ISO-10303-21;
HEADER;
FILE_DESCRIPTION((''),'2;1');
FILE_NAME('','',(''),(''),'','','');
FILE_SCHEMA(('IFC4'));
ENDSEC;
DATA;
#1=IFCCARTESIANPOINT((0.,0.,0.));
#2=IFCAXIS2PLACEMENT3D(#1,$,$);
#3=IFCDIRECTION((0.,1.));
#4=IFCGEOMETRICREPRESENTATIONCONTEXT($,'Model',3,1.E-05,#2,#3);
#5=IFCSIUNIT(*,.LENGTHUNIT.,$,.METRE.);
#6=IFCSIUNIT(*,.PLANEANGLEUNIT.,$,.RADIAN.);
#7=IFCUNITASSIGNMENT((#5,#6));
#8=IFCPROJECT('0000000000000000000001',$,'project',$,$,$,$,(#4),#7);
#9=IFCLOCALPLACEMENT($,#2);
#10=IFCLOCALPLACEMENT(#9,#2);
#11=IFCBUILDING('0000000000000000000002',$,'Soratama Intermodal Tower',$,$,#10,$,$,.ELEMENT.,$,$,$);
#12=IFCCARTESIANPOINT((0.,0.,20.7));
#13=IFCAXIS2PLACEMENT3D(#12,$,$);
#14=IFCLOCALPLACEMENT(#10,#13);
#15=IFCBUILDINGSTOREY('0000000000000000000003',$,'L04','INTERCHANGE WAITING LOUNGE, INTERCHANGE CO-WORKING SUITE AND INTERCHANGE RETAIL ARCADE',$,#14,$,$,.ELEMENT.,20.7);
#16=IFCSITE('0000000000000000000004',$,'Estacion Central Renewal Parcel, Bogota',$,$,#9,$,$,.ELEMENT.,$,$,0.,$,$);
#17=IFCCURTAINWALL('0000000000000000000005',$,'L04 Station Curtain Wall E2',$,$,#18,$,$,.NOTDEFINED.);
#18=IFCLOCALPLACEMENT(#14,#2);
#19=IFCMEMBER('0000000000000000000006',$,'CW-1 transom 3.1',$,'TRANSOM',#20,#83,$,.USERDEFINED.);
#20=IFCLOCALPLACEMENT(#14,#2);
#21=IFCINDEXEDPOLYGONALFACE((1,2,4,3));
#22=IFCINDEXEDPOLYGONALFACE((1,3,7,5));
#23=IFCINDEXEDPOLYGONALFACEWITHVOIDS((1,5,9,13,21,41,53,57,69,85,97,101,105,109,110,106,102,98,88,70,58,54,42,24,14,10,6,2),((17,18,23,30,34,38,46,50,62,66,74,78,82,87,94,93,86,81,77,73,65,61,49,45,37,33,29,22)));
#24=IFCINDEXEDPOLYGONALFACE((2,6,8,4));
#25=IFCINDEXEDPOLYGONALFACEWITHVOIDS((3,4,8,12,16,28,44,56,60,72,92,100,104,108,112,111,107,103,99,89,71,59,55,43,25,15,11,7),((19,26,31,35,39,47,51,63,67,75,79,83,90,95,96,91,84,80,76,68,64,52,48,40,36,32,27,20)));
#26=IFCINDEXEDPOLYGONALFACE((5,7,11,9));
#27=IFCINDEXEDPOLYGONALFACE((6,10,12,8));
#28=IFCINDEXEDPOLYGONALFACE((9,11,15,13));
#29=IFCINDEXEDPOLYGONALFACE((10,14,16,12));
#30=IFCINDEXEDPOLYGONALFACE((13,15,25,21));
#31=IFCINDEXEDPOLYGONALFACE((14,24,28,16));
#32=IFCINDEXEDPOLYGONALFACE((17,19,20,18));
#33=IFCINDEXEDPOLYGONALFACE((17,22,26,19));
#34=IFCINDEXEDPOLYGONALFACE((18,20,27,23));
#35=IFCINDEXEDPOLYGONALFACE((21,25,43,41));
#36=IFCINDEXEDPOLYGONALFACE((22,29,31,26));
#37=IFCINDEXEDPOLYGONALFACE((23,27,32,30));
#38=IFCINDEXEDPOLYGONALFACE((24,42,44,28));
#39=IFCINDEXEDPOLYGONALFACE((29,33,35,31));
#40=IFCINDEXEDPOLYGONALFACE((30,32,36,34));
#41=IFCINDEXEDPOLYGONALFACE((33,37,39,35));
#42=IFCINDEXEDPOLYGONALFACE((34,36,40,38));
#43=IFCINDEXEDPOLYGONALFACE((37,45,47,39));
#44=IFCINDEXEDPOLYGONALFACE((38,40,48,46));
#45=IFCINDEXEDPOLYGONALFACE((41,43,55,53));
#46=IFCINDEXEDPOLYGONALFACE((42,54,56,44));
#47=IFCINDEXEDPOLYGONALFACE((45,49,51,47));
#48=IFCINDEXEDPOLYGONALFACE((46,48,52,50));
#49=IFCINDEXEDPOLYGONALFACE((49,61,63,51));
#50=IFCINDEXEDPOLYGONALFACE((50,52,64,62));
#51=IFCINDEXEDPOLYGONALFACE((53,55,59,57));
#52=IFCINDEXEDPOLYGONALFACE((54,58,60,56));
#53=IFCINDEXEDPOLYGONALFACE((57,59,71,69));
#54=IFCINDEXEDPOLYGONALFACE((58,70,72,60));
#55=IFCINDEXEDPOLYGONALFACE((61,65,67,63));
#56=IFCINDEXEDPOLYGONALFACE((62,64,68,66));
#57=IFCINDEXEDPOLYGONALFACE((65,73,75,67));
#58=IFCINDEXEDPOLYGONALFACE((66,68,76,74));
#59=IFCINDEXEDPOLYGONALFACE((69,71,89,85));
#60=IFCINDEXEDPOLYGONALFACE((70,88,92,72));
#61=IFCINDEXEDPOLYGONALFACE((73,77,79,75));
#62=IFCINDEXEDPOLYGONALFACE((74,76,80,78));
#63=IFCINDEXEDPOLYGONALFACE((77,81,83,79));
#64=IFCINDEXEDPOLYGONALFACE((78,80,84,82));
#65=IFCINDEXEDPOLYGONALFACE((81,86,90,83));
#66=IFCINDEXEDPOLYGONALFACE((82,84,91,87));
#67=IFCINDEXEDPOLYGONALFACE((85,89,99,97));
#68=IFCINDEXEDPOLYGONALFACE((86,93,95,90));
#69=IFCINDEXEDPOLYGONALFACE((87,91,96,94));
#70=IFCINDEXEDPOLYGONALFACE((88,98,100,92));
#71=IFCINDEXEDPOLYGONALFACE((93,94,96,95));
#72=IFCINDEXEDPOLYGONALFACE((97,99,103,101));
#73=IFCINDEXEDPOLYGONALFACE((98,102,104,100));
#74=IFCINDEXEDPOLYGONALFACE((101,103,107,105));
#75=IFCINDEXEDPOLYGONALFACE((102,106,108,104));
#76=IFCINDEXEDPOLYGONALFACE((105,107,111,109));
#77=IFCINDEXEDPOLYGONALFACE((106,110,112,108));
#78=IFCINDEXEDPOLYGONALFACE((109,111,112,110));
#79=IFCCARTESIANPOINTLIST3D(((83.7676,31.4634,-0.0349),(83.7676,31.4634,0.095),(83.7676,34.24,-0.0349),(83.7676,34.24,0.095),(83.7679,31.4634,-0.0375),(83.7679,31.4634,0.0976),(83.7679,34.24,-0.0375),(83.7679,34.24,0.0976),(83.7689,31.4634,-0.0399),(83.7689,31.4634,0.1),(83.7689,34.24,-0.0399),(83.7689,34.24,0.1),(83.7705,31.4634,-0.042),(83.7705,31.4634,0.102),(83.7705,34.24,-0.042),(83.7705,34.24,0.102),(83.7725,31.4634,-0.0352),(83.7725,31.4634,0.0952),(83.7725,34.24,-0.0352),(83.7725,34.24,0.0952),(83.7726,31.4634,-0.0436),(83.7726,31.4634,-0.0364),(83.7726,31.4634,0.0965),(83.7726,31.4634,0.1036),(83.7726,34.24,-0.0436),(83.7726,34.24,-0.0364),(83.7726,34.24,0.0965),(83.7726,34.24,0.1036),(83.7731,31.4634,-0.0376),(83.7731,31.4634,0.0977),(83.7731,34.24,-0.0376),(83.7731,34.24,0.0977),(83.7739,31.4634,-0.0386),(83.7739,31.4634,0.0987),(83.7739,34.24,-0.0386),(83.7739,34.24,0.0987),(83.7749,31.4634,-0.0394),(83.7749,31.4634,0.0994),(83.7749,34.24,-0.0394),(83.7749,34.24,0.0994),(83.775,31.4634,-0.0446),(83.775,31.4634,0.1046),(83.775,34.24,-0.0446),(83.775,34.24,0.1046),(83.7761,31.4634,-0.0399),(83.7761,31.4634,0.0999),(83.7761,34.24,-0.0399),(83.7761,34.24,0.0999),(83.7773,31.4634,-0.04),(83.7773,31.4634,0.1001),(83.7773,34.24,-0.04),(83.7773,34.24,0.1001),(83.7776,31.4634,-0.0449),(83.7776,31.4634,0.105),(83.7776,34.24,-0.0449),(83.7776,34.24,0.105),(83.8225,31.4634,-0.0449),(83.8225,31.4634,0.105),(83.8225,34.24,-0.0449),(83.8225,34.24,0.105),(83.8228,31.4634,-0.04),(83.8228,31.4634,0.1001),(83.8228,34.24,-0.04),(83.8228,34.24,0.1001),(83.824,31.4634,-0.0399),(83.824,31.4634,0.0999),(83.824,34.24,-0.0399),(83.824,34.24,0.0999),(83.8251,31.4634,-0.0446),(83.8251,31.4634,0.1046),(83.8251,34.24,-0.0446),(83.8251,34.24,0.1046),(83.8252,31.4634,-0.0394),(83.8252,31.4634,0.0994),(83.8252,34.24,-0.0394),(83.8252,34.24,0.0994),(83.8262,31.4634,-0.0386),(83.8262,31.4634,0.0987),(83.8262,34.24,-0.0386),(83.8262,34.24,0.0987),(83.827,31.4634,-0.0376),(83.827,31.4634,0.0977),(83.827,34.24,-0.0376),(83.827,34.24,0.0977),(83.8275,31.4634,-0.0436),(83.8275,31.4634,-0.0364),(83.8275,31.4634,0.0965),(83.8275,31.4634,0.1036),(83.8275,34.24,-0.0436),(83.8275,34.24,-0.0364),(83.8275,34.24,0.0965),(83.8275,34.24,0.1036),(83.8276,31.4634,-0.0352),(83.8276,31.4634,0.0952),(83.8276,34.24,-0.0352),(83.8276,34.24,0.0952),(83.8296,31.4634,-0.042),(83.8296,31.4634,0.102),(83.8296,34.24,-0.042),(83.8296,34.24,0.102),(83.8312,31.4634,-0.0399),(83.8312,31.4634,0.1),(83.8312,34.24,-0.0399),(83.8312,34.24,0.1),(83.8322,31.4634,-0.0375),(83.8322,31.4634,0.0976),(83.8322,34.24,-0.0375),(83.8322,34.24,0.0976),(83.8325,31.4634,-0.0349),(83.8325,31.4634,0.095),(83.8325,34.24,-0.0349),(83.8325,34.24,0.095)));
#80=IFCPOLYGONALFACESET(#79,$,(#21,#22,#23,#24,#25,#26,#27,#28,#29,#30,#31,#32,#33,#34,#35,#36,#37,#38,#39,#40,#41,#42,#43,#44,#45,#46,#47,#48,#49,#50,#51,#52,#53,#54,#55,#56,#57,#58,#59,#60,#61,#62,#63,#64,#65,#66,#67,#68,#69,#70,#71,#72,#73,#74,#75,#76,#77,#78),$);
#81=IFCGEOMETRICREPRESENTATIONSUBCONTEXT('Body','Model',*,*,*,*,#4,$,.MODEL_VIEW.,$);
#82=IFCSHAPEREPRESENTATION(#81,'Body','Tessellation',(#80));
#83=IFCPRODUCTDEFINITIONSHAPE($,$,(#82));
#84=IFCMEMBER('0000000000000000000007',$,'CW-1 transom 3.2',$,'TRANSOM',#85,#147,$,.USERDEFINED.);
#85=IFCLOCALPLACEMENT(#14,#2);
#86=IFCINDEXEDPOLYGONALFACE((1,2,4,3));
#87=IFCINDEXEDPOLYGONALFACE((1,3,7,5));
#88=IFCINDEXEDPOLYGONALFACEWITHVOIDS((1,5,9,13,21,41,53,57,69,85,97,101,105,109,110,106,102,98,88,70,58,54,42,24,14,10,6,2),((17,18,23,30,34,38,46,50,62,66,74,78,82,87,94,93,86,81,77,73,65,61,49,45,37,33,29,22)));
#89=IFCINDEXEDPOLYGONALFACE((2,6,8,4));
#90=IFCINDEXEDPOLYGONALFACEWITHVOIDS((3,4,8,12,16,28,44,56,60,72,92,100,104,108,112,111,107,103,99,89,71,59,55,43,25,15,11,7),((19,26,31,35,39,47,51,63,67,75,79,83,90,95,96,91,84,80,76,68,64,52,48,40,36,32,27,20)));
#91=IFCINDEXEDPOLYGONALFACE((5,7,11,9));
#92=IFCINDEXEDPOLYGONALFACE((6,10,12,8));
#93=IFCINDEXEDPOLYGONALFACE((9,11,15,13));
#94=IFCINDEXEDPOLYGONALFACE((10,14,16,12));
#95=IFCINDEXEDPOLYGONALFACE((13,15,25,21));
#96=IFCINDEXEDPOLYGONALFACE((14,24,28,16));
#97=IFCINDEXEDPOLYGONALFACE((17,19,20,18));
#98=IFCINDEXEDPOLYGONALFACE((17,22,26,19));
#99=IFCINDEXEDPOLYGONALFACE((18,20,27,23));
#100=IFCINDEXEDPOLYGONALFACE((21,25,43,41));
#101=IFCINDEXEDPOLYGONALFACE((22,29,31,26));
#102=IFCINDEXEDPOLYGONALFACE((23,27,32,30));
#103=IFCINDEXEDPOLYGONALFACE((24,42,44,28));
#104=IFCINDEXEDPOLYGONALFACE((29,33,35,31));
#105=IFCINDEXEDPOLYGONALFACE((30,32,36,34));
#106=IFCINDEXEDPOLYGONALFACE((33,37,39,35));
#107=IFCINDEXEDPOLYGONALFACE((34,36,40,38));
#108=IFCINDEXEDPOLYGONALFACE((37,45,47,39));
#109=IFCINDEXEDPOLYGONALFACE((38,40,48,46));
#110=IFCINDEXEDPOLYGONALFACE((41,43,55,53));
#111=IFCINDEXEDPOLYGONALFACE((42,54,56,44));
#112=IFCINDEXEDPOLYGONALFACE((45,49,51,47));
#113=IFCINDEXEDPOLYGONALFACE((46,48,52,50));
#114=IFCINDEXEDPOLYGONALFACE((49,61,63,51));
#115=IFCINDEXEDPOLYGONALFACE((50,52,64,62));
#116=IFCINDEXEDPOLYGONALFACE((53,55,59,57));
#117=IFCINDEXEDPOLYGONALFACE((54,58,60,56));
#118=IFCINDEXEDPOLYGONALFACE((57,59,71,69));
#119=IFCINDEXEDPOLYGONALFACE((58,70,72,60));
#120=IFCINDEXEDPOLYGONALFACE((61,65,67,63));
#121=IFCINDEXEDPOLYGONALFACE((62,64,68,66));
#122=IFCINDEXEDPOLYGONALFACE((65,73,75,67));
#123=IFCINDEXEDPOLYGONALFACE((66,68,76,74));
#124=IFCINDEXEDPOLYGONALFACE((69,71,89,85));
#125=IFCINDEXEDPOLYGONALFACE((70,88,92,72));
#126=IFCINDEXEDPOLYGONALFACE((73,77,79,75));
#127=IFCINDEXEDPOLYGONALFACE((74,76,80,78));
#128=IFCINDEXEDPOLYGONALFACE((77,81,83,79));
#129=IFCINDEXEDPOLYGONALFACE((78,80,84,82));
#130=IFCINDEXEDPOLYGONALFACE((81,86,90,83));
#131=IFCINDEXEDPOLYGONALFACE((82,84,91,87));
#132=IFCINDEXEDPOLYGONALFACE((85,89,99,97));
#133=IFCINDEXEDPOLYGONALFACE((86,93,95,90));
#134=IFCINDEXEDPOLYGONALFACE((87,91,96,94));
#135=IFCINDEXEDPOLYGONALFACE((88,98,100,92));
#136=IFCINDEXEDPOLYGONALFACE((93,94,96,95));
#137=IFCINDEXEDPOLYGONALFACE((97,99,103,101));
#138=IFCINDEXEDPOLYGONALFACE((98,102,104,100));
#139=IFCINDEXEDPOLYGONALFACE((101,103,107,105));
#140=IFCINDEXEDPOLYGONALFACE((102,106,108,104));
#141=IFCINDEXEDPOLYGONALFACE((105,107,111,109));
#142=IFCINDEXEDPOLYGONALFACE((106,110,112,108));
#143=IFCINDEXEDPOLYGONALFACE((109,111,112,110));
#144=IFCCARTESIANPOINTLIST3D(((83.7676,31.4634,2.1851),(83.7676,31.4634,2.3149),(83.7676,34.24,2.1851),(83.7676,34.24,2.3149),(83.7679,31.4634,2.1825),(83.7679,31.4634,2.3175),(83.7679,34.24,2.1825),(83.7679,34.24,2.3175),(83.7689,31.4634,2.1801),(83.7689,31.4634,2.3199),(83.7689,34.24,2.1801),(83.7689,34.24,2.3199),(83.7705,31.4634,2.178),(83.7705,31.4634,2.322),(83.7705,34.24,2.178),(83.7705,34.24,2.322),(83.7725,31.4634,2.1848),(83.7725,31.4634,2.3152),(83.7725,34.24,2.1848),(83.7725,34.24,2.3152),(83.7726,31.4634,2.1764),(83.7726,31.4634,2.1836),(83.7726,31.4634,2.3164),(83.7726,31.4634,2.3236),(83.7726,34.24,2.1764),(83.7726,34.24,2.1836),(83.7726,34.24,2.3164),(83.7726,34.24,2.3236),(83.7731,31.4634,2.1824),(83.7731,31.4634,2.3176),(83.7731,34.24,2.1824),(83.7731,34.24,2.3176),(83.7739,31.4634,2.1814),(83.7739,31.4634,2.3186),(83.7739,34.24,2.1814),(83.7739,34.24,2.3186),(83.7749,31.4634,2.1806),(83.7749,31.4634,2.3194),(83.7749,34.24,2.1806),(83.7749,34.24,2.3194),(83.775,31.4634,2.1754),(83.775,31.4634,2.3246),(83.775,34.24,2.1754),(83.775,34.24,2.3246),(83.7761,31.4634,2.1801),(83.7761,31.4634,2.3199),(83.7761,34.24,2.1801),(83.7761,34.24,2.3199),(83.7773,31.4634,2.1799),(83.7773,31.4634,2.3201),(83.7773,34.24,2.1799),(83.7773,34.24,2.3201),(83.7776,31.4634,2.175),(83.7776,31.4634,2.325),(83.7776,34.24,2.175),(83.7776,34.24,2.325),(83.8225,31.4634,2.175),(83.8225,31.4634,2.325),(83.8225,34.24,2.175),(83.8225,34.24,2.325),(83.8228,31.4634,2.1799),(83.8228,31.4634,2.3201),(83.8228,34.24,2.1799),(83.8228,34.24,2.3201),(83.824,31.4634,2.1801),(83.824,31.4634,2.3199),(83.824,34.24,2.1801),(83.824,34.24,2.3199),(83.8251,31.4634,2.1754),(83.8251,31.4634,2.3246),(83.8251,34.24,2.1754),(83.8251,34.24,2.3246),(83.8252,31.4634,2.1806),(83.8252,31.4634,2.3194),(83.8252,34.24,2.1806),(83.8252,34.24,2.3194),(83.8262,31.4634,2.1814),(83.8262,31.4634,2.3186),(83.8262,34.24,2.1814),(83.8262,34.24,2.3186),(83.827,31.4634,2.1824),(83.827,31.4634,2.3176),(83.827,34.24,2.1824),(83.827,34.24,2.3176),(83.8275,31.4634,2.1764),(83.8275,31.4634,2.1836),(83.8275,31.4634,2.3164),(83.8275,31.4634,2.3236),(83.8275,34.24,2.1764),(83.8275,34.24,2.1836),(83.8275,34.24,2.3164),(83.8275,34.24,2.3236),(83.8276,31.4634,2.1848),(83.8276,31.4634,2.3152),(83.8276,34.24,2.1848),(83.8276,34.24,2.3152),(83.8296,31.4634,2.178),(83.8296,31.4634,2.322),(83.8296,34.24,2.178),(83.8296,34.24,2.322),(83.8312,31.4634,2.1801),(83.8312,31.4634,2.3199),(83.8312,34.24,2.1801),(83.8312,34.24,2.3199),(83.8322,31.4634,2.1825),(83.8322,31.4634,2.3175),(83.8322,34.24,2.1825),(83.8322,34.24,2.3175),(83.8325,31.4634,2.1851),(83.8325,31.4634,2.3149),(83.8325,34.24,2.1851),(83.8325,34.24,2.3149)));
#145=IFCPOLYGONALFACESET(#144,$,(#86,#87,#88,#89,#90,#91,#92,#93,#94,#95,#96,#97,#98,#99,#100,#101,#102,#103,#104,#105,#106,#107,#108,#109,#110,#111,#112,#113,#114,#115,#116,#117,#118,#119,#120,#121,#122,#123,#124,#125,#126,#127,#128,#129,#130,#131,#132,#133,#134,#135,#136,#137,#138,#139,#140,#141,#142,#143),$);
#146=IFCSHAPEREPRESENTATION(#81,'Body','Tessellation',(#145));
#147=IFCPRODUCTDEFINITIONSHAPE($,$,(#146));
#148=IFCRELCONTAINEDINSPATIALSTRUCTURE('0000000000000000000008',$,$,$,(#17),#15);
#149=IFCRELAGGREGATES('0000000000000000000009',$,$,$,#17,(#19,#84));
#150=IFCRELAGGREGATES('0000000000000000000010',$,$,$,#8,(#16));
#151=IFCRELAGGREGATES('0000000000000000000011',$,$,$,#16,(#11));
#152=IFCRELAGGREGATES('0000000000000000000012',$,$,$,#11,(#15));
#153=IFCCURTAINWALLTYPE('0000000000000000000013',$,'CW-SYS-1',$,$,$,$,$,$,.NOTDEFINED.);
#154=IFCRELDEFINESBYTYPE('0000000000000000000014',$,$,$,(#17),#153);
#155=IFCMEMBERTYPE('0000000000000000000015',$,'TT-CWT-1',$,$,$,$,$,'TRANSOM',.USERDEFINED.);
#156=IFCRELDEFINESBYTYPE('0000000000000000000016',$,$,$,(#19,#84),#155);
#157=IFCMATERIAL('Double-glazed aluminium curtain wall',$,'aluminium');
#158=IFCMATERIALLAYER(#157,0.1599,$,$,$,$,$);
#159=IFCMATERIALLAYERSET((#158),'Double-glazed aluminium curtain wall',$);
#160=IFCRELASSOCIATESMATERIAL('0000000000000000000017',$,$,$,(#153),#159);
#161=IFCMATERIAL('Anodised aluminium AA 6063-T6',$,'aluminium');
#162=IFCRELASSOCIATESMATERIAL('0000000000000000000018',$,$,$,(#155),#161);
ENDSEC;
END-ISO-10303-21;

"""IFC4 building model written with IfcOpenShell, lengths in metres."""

from ifc_helpers import new_model, si_unit, direction, frame, origin, origin_2d, place, context, subcontext, project, spatial, hollow_rectangle, extrude, material, layer, layer_set, material_profile, profile_set, type_object, element, aggregate, save


model = new_model("IFC4")

# Units and contexts
model_context = context("Model", 3, precision=1e-05, world=origin(), true_north=direction((0.0, 1.0)))
body_context = subcontext(model_context, "Body", "Model", "MODEL_VIEW")
ifc_project = project(units=[si_unit("LENGTHUNIT", "METRE"), si_unit("PLANEANGLEUNIT", "RADIAN")], contexts=[model_context])

# Site, building, storey
site_placement = place(None, origin())
site = spatial("IfcSite", under=ifc_project, at=site_placement, Name="Estacion Central Renewal Parcel, Bogota", CompositionType="ELEMENT", RefElevation=0.0)
building_placement = place(site_placement, origin())
building = spatial("IfcBuilding", under=site, at=building_placement, Name="Soratama Intermodal Tower", CompositionType="ELEMENT")
storey_placement = place(building_placement, frame((0.0, 0.0, 20.7)))
storey = spatial("IfcBuildingStorey", under=building, at=storey_placement, Name="L04", Description="INTERCHANGE WAITING LOUNGE, INTERCHANGE CO-WORKING SUITE AND INTERCHANGE RETAIL ARCADE", CompositionType="ELEMENT", Elevation=20.7)

# Curtain wall, members
ifc_material_1 = material(Name="Double-glazed aluminium curtain wall", Category="aluminium")
ifc_layer_1 = layer(ifc_material_1, 0.1599)
ifc_layer_set_1 = layer_set([ifc_layer_1], Name="Double-glazed aluminium curtain wall")
curtain_wall_type = type_object("IfcCurtainWallType", Name="CW-SYS-1", PredefinedType="NOTDEFINED", material=ifc_layer_set_1)
curtain_wall_placement = place(storey_placement, origin())
curtain_wall = element("IfcCurtainWall", 1, at=curtain_wall_placement, inside=storey, type_object=curtain_wall_type, Name="L04 Station Curtain Wall E2", PredefinedType="NOTDEFINED")
ifc_material_2 = material(Name="Anodised aluminium AA 6063-T6", Category="aluminium")
ifc_material_profile_1 = material_profile(ifc_material_2, hollow_rectangle(XDim=0.0649, YDim=0.1499, WallThickness=0.0049, InnerFilletRadius=0.0049, OuterFilletRadius=0.01, at=origin_2d()), Name="CWT150X65X5")
ifc_profile_set_1 = profile_set([ifc_material_profile_1], Name="Anodised aluminium AA 6063-T6")
member_type_1 = type_object("IfcMemberType", Name="TT-CWT-1", ElementType="TRANSOM", PredefinedType="USERDEFINED", material=ifc_profile_set_1)
member_1_placement = place(storey_placement, frame((83.8, 31.4634, 0.03), z_axis=(0.0, 1.0, 0.0), x_axis=(-1.0, 0.0, 0.0)))
member_1 = element("IfcMember", 2, at=member_1_placement, type_object=member_type_1, Name="CW-1 transom 3.1", ObjectType="TRANSOM", PredefinedType="USERDEFINED", context=body_context, shape_type="SweptSolid", body=[
    extrude(hollow_rectangle(XDim=0.0649, YDim=0.1499, WallThickness=0.0049, InnerFilletRadius=0.0049, OuterFilletRadius=0.01, at=origin_2d()), origin(), (0.0, 0.0, 1.0), 2.7766),
])
member_2_placement = place(storey_placement, frame((83.8, 31.4634, 2.25), z_axis=(0.0, 1.0, 0.0), x_axis=(-1.0, 0.0, 0.0)))
member_2 = element("IfcMember", 3, at=member_2_placement, type_object=member_type_1, Name="CW-1 transom 3.2", ObjectType="TRANSOM", PredefinedType="USERDEFINED", context=body_context, shape_type="SweptSolid", body=[
    extrude(hollow_rectangle(XDim=0.0649, YDim=0.1499, WallThickness=0.0049, InnerFilletRadius=0.0049, OuterFilletRadius=0.01, at=origin_2d()), origin(), (0.0, 0.0, 1.0), 2.7766),
])
aggregate(curtain_wall, [member_1, member_2])

save(model, "model.ifc")
